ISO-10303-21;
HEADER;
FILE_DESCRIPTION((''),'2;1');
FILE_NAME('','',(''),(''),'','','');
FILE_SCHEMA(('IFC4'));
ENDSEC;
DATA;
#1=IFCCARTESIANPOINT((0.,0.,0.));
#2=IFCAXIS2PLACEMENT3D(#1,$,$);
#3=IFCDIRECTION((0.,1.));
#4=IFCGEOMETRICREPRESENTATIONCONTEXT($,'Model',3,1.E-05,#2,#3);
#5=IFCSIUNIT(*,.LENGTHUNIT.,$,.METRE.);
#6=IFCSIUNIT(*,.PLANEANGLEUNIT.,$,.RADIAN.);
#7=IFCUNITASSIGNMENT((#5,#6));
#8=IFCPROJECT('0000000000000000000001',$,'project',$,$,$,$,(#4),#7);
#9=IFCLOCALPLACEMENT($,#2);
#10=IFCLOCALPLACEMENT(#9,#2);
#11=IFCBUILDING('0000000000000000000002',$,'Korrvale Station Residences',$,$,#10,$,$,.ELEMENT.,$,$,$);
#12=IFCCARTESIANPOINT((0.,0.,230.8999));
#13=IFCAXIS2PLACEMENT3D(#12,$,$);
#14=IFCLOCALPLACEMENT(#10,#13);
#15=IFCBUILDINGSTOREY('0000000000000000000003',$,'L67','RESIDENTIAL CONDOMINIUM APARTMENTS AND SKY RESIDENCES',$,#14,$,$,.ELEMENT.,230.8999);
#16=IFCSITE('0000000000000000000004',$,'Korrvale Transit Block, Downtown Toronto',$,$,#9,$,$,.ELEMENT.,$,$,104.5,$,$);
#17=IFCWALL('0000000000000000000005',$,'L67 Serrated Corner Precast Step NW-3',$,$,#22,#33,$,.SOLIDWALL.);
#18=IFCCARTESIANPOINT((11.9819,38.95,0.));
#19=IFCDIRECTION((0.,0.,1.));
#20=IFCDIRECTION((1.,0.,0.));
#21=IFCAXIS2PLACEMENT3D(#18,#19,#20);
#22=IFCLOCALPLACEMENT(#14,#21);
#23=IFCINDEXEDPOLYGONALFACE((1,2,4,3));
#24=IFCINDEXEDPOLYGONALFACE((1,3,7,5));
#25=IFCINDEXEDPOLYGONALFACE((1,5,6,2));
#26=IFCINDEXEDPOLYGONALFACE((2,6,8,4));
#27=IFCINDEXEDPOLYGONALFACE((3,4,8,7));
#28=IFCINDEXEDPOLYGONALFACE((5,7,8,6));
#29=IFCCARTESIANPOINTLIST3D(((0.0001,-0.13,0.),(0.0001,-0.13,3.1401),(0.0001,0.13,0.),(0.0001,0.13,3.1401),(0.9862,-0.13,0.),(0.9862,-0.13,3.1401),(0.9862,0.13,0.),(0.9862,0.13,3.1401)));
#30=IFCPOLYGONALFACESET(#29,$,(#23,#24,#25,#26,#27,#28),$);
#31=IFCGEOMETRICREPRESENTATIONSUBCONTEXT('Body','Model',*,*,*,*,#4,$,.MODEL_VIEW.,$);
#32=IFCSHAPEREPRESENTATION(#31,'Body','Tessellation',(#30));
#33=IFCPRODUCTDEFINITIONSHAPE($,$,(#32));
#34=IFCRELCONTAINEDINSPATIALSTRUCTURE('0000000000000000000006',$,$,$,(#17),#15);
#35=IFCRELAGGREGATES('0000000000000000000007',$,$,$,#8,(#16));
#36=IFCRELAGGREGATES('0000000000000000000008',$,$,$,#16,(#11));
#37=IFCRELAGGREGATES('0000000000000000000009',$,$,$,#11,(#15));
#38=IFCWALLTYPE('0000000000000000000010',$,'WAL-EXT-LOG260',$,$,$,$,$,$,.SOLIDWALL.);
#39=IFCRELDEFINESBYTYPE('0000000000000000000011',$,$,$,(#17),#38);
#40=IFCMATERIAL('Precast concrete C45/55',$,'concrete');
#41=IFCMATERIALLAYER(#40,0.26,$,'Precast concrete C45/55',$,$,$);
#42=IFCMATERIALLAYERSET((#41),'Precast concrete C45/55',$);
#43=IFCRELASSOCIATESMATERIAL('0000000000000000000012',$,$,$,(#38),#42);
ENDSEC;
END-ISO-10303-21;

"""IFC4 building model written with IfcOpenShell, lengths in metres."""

from ifc_helpers import new_model, si_unit, direction, frame, frame_2d, origin, place, context, subcontext, project, spatial, rectangle, extrude, material, layer, layer_set, type_object, element, save


model = new_model("IFC4")

# Units and contexts
model_context = context("Model", 3, precision=1e-05, world=origin(), true_north=direction((0.0, 1.0)))
body_context = subcontext(model_context, "Body", "Model", "MODEL_VIEW")
ifc_project = project(units=[si_unit("LENGTHUNIT", "METRE"), si_unit("PLANEANGLEUNIT", "RADIAN")], contexts=[model_context])

# Site, building, storey
site_placement = place(None, origin())
site = spatial("IfcSite", under=ifc_project, at=site_placement, Name="Korrvale Transit Block, Downtown Toronto", CompositionType="ELEMENT", RefElevation=104.5)
building_placement = place(site_placement, origin())
building = spatial("IfcBuilding", under=site, at=building_placement, Name="Korrvale Station Residences", CompositionType="ELEMENT")
storey_placement = place(building_placement, frame((0.0, 0.0, 230.8999)))
storey = spatial("IfcBuildingStorey", under=building, at=storey_placement, Name="L67", Description="RESIDENTIAL CONDOMINIUM APARTMENTS AND SKY RESIDENCES", CompositionType="ELEMENT", Elevation=230.8999)

# Wall
ifc_material_1 = material(Name="Precast concrete C45/55", Category="concrete")
ifc_layer_1 = layer(ifc_material_1, 0.26, Name="Precast concrete C45/55")
ifc_layer_set_1 = layer_set([ifc_layer_1], Name="Precast concrete C45/55")
wall_type_1 = type_object("IfcWallType", Name="WAL-EXT-LOG260", PredefinedType="SOLIDWALL", material=ifc_layer_set_1)
wall_1_placement = place(storey_placement, frame((11.9819, 38.95, 0.0), z_axis=(0.0, 0.0, 1.0), x_axis=(1.0, 0.0, 0.0)))
element("IfcWall", 1, at=wall_1_placement, inside=storey, type_object=wall_type_1, Name="L67 Serrated Corner Precast Step NW-3", PredefinedType="SOLIDWALL", context=body_context, shape_type="SweptSolid", body=[
    extrude(rectangle(XDim=0.9861, YDim=0.26, at=frame_2d((0.4932, 0.0))), origin(), (0.0, 0.0, 1.0), 3.1401),
])

save(model, "model.ifc")
